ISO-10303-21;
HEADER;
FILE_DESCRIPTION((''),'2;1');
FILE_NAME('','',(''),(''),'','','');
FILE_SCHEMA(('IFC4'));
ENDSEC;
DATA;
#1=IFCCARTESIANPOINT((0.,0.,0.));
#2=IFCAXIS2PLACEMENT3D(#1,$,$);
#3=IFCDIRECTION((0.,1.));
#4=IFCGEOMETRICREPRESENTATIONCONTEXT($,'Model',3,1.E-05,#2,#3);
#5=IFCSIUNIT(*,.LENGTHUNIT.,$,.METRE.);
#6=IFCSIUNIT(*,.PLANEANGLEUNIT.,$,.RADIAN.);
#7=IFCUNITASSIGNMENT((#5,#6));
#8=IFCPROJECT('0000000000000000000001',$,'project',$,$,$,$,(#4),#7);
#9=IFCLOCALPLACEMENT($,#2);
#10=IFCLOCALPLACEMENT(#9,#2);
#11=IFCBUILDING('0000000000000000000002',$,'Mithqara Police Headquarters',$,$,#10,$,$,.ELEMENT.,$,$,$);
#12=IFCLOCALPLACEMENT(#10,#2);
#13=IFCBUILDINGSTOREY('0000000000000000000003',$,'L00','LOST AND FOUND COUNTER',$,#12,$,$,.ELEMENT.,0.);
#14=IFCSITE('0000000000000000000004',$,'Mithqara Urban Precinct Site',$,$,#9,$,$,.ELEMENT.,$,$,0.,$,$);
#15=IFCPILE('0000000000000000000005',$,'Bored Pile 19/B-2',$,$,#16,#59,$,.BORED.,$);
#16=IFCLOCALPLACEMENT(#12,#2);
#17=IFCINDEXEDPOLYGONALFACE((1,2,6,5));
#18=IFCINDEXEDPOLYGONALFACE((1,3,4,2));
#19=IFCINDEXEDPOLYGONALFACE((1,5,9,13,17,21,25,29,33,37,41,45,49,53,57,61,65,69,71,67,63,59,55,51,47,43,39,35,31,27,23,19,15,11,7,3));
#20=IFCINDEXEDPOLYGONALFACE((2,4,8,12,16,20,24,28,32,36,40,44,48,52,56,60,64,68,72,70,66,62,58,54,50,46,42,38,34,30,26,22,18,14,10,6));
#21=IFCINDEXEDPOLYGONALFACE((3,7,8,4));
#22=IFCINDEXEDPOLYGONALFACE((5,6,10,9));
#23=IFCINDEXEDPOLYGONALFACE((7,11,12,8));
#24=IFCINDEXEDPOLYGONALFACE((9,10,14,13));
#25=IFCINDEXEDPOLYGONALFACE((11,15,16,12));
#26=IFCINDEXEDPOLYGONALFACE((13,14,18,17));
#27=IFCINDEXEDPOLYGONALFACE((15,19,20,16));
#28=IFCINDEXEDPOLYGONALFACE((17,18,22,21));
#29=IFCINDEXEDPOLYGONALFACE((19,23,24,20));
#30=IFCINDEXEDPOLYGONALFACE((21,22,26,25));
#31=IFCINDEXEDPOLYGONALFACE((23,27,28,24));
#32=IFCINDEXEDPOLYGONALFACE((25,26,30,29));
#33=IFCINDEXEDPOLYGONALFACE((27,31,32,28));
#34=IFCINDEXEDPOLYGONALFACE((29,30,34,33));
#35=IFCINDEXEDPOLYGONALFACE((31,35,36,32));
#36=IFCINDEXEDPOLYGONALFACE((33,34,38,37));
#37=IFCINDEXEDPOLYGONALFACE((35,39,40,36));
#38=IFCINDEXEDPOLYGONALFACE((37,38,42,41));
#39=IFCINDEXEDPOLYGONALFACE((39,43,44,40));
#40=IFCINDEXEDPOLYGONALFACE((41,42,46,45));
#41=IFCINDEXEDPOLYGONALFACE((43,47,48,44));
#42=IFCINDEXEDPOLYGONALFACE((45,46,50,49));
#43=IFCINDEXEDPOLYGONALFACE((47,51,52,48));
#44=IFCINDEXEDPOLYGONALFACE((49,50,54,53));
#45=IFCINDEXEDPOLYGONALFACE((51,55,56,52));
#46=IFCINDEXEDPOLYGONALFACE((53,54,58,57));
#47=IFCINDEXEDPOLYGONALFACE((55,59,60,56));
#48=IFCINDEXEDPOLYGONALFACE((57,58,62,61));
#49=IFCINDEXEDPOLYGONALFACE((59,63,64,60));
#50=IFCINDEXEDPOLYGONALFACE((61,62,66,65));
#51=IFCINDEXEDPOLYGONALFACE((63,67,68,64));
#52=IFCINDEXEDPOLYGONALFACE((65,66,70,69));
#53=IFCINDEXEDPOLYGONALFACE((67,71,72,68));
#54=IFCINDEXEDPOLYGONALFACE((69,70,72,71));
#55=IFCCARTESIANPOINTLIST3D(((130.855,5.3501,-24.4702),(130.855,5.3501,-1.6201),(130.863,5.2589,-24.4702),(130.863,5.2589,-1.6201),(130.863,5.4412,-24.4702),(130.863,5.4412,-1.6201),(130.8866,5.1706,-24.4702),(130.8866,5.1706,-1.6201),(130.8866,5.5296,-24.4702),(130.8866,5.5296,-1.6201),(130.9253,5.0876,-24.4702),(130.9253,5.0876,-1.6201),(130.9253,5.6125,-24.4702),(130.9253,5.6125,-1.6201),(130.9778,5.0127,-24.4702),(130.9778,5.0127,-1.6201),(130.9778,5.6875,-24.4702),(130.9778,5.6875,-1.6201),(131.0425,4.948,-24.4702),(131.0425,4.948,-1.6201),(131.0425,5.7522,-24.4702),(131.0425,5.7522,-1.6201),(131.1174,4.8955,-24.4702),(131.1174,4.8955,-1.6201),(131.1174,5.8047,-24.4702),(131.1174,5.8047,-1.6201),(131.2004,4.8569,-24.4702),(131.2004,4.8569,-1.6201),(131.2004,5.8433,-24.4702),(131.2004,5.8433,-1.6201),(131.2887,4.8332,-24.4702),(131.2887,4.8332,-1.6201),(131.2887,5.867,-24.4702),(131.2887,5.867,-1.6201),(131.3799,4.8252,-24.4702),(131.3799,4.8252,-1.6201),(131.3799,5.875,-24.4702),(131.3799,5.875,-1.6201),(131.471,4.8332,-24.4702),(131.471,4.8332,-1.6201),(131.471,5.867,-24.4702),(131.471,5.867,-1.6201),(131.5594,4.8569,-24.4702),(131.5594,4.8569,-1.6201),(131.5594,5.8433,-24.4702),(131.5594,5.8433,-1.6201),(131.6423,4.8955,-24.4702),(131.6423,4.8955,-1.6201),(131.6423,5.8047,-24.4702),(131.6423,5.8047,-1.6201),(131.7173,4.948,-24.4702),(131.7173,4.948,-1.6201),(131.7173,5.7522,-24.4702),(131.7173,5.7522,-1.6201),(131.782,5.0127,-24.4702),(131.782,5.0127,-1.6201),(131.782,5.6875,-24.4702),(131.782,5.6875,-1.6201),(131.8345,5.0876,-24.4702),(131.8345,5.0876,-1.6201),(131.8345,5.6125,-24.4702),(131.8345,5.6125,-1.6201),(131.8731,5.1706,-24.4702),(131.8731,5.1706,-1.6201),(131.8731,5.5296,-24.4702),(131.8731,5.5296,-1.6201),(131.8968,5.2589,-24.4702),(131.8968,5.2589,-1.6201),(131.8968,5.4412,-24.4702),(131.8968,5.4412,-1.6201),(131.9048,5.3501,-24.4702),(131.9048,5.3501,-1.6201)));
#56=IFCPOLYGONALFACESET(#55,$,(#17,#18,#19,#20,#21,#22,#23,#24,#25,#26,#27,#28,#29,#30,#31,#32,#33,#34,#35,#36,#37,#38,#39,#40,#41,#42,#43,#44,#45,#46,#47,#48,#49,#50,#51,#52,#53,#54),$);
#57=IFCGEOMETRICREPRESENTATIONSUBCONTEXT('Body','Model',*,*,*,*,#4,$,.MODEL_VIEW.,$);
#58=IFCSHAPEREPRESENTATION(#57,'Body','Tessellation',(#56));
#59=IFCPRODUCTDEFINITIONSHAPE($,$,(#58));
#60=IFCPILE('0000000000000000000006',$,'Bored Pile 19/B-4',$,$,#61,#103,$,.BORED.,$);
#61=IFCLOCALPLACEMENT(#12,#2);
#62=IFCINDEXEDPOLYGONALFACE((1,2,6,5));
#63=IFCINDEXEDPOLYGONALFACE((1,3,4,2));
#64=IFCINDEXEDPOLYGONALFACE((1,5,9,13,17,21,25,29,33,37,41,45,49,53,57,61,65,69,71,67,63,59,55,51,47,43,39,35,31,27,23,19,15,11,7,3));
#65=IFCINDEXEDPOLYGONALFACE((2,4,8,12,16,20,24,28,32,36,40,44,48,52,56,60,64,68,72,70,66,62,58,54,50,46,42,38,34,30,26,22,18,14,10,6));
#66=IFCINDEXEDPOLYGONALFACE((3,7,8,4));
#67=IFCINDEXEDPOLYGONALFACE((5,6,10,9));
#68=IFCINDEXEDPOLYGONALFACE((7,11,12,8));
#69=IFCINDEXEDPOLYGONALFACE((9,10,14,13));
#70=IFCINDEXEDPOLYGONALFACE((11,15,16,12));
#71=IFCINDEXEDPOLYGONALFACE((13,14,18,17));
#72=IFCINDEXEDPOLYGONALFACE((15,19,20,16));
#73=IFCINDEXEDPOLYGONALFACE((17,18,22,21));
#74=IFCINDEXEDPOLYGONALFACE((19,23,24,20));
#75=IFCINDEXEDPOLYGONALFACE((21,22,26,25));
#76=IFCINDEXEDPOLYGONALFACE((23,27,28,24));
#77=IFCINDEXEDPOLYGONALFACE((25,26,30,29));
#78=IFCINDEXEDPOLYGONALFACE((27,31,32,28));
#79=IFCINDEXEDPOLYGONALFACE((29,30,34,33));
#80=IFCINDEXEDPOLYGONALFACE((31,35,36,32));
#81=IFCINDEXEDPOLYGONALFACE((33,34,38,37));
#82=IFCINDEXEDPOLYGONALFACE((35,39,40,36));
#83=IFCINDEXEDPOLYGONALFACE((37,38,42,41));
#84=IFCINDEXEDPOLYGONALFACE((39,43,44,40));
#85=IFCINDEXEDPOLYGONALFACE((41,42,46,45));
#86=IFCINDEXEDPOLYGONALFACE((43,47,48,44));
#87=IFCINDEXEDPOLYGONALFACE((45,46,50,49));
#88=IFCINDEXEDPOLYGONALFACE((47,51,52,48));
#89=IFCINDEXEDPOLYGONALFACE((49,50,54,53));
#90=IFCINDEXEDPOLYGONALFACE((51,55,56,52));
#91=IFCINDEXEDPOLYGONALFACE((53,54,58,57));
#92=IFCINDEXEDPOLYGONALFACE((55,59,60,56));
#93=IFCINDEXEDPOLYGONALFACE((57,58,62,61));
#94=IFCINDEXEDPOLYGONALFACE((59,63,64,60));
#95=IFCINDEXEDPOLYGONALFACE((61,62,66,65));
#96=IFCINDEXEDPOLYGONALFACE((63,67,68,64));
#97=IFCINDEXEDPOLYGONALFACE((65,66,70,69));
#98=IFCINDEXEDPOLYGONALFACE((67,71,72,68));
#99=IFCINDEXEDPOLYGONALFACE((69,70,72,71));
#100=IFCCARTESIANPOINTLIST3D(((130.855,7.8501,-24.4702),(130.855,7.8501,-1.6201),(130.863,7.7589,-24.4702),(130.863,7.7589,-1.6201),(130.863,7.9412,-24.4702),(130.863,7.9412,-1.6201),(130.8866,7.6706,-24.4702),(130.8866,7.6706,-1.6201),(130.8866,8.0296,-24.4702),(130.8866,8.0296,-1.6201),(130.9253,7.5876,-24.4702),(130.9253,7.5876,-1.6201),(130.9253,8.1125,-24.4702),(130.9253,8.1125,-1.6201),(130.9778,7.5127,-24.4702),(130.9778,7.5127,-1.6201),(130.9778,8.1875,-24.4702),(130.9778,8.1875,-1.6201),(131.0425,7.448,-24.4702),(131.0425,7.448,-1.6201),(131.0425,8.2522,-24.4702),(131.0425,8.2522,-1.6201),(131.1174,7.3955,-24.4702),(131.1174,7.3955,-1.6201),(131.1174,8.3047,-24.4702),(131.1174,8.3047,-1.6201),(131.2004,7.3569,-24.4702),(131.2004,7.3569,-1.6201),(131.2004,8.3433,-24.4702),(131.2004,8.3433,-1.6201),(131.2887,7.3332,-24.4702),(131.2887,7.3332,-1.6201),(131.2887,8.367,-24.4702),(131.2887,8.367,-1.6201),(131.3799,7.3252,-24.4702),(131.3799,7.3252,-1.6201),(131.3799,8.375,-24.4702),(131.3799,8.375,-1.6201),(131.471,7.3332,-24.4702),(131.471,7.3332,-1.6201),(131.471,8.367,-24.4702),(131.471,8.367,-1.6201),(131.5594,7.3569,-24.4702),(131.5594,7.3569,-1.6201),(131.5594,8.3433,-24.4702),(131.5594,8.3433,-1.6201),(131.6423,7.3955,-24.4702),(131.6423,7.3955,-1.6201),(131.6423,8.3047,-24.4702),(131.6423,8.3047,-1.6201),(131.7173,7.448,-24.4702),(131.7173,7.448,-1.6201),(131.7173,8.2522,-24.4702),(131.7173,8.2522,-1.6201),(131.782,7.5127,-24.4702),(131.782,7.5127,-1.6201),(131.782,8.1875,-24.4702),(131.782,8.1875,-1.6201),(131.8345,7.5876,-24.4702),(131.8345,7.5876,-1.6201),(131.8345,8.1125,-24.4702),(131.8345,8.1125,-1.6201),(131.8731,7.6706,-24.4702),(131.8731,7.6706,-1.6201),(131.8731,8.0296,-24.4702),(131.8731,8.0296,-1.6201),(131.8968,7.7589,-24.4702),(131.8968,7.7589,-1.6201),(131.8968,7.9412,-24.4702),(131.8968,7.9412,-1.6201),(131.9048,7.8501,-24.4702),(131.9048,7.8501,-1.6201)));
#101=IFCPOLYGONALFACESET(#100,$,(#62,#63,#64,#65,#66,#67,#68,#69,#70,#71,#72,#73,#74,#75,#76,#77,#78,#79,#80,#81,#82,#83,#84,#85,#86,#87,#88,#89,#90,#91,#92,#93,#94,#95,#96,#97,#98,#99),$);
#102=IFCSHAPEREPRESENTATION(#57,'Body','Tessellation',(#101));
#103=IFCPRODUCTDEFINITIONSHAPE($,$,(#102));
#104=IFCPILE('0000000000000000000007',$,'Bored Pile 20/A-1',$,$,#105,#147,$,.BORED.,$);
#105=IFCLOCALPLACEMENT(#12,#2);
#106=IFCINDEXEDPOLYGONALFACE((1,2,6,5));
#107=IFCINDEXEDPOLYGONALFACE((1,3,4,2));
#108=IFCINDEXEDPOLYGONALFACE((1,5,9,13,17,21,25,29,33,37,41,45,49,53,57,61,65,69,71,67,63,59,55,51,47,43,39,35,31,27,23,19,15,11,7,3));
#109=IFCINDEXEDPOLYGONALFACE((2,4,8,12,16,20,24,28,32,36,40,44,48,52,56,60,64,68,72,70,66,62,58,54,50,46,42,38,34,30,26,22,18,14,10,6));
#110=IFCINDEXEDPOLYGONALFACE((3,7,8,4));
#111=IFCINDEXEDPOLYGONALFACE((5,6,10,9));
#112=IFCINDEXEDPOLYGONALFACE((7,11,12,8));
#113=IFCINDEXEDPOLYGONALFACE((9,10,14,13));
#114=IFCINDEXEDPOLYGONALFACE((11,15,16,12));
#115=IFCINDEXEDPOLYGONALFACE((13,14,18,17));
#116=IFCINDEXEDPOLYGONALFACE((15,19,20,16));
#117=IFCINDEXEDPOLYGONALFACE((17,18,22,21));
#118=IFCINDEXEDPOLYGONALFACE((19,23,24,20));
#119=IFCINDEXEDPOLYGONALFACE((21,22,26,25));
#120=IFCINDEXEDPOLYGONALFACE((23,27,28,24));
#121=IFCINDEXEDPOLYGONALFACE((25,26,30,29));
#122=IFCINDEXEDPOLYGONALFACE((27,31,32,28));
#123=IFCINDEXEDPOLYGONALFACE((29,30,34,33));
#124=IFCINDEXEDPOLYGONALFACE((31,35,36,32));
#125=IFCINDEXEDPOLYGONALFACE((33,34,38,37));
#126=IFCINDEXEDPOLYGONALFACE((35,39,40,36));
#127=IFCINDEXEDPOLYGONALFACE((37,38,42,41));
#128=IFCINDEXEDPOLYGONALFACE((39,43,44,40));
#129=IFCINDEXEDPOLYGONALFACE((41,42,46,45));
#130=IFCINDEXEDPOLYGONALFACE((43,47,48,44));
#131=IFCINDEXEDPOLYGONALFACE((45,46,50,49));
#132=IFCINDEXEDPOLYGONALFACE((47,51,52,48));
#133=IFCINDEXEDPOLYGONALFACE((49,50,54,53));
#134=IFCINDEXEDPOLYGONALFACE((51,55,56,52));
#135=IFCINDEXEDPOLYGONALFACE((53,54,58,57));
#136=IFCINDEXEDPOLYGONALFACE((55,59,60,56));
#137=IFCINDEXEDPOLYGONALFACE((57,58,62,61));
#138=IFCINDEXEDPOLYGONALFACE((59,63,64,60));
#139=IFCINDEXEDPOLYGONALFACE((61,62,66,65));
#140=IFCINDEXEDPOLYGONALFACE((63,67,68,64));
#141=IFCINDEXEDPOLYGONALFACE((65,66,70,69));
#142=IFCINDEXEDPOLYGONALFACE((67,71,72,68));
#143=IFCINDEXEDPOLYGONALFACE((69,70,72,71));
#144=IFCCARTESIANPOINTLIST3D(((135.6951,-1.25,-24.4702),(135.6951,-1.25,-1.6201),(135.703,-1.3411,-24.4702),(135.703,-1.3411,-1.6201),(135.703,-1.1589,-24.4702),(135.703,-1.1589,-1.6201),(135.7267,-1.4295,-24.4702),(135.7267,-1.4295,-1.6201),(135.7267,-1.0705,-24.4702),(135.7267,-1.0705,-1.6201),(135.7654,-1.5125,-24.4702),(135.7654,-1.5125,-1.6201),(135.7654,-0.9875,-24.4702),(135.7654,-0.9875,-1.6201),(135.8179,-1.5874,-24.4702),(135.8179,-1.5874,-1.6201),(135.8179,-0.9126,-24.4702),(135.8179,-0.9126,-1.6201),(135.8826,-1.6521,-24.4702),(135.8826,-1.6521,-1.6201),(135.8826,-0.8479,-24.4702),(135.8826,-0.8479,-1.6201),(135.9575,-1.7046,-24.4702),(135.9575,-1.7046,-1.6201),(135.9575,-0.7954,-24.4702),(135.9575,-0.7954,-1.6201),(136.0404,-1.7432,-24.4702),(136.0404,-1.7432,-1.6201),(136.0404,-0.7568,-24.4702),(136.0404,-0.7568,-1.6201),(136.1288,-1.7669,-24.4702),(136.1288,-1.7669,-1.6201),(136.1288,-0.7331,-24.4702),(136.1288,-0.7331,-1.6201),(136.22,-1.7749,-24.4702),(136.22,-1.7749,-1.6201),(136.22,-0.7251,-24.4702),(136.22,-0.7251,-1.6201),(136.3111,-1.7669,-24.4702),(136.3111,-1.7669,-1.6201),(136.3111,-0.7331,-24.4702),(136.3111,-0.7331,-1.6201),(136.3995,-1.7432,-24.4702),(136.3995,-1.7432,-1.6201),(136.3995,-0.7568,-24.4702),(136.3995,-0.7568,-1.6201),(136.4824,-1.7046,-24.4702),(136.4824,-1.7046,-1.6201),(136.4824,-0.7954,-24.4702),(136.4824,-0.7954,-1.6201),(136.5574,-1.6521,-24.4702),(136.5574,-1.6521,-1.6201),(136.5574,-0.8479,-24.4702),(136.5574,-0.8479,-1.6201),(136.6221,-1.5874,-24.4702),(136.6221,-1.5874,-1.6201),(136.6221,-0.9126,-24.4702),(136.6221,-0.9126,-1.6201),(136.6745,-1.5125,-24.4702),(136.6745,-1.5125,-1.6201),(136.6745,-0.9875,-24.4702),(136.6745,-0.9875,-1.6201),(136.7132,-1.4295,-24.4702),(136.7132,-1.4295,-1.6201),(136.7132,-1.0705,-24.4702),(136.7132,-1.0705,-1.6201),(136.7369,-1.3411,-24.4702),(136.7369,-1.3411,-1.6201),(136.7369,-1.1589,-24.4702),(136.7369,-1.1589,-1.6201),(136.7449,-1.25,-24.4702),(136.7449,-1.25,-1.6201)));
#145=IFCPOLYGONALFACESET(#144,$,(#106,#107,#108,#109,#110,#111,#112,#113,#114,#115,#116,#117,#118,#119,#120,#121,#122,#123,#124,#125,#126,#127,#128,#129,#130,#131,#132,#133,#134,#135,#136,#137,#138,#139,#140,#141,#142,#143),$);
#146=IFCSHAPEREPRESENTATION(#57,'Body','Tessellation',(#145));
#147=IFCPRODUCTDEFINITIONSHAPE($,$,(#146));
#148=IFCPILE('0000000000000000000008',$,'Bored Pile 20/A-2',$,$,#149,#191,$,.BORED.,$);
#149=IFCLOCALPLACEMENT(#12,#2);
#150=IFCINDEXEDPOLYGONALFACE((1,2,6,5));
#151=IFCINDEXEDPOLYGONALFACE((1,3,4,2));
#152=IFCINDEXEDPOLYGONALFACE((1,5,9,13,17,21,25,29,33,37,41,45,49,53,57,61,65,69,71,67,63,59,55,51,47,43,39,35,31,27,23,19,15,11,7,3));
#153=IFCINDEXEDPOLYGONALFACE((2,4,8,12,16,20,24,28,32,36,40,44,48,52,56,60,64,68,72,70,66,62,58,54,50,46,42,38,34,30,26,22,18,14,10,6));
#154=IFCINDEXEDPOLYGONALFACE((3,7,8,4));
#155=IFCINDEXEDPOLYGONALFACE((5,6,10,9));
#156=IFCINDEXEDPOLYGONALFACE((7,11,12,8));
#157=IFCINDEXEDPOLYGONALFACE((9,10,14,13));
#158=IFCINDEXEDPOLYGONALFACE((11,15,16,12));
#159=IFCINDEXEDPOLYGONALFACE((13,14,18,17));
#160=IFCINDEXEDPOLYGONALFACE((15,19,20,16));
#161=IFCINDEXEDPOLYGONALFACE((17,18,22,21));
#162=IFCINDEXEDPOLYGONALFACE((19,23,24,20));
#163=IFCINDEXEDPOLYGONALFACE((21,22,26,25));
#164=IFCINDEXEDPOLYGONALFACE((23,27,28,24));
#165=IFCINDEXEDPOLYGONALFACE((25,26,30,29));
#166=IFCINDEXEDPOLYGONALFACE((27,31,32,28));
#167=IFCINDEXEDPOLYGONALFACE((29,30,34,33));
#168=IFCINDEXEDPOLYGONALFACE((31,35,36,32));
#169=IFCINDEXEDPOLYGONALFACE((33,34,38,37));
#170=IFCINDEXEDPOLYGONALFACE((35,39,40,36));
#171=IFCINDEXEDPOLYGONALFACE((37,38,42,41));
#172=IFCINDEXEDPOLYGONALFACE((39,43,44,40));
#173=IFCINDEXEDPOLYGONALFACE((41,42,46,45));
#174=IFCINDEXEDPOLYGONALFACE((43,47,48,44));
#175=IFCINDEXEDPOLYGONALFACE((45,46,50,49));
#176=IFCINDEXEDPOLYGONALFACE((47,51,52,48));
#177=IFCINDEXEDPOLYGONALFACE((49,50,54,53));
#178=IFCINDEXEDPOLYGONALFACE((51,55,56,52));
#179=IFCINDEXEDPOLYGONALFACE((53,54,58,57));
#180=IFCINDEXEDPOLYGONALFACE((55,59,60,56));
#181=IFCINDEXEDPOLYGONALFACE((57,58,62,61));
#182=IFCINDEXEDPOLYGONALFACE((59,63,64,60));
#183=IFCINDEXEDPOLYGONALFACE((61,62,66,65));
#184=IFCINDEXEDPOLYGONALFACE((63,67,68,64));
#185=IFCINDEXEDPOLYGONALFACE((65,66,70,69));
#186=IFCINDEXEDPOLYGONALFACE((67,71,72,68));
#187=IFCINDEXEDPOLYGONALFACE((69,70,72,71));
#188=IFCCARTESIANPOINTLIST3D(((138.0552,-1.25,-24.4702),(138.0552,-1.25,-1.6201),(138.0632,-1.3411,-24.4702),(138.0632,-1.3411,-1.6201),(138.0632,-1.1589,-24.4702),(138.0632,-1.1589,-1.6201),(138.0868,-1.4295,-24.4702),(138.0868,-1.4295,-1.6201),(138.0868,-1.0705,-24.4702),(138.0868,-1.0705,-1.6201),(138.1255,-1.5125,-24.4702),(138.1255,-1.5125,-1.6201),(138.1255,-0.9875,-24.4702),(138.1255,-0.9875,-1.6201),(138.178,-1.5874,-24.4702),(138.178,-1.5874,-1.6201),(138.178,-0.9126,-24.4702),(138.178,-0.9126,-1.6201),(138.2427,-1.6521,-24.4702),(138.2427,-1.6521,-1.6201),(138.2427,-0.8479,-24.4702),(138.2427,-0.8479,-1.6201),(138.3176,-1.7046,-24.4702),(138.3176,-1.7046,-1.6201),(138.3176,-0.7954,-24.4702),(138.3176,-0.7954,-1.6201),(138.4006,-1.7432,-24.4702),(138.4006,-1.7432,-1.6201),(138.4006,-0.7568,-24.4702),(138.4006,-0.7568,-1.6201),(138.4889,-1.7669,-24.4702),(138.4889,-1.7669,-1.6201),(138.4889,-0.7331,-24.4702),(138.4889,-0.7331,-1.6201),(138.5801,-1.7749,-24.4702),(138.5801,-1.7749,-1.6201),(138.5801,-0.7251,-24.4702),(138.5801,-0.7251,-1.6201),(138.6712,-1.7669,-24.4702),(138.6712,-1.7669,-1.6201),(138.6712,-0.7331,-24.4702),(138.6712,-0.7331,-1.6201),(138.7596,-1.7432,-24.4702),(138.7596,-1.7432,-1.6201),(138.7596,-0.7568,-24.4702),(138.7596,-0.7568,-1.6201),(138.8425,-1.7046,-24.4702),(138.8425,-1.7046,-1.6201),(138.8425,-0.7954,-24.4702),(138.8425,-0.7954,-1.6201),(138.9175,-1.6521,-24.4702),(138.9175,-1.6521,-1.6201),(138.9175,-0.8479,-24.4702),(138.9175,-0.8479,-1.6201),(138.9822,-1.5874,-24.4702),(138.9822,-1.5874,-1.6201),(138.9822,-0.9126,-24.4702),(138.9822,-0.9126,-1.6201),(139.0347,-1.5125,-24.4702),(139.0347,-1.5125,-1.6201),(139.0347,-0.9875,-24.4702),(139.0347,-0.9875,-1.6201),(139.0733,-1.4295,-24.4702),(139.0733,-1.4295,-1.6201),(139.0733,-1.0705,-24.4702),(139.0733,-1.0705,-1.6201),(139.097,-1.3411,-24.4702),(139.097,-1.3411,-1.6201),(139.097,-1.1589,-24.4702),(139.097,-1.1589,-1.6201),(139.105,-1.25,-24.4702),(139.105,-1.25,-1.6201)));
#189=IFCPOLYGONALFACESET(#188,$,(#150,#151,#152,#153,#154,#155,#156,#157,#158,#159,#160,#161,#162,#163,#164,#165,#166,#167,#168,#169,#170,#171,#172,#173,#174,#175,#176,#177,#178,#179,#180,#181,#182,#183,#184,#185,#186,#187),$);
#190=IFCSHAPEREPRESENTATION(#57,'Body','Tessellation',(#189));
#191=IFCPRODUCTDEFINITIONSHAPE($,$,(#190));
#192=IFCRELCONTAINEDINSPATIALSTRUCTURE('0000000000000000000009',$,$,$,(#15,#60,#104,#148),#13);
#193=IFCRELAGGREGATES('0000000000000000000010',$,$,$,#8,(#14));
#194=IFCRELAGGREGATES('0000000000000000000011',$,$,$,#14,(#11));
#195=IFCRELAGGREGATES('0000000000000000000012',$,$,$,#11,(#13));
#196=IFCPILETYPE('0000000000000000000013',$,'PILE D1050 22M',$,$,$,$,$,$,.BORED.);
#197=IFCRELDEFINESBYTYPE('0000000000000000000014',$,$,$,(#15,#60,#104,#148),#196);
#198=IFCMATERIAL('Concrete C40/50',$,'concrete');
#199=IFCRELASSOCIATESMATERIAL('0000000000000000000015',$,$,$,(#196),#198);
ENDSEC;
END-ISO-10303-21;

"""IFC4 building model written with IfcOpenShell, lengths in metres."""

from ifc_helpers import new_model, si_unit, direction, frame, origin, origin_2d, place, context, subcontext, project, spatial, circle, extrude, material, material_profile, profile_set, type_object, element, save


model = new_model("IFC4")

# Units and contexts
model_context = context("Model", 3, precision=1e-05, world=origin(), true_north=direction((0.0, 1.0)))
body_context = subcontext(model_context, "Body", "Model", "MODEL_VIEW")
ifc_project = project(units=[si_unit("LENGTHUNIT", "METRE"), si_unit("PLANEANGLEUNIT", "RADIAN")], contexts=[model_context])

# Site, building, storey
site_placement = place(None, origin())
site = spatial("IfcSite", under=ifc_project, at=site_placement, Name="Mithqara Urban Precinct Site", CompositionType="ELEMENT", RefElevation=0.0)
building_placement = place(site_placement, origin())
building = spatial("IfcBuilding", under=site, at=building_placement, Name="Mithqara Police Headquarters", CompositionType="ELEMENT")
storey_placement = place(building_placement, origin())
storey = spatial("IfcBuildingStorey", under=building, at=storey_placement, Name="L00", Description="LOST AND FOUND COUNTER", CompositionType="ELEMENT", Elevation=0.0)

# Shared definitions
ifc_material_1 = material(Name="Concrete C40/50", Category="concrete")

# Piles
ifc_material_profile_1 = material_profile(ifc_material_1, circle(Radius=0.5249, at=origin_2d()), Name="PILE D1050")
ifc_profile_set_1 = profile_set([ifc_material_profile_1], Name="Concrete C40/50")
pile_type = type_object("IfcPileType", Name="PILE D1050 22M", PredefinedType="BORED", material=ifc_profile_set_1)
for number, where, z_axis, x_axis, name in (
    (1, (131.3799, 5.3501, -1.6201), (0.0, 0.0, -1.0), (1.0, 0.0, 0.0), "Bored Pile 19/B-2"),
    (2, (131.3799, 7.8501, -1.6201), (0.0, 0.0, -1.0), (1.0, 0.0, 0.0), "Bored Pile 19/B-4"),
    (3, (136.22, -1.25, -1.6201), (0.0, 0.0, -1.0), (1.0, 0.0, 0.0), "Bored Pile 20/A-1"),
    (4, (138.5801, -1.25, -1.6201), (0.0, 0.0, -1.0), (1.0, 0.0, 0.0), "Bored Pile 20/A-2"),
):
    element("IfcPile", number, at=place(storey_placement, frame(where, z_axis=z_axis, x_axis=x_axis)), inside=storey, type_object=pile_type, Name=name, PredefinedType="BORED", context=body_context, shape_type="SweptSolid", body=[
        extrude(circle(Radius=0.5249, at=origin_2d()), origin(), (0.0, 0.0, 1.0), 22.8501),
    ])

save(model, "model.ifc")
